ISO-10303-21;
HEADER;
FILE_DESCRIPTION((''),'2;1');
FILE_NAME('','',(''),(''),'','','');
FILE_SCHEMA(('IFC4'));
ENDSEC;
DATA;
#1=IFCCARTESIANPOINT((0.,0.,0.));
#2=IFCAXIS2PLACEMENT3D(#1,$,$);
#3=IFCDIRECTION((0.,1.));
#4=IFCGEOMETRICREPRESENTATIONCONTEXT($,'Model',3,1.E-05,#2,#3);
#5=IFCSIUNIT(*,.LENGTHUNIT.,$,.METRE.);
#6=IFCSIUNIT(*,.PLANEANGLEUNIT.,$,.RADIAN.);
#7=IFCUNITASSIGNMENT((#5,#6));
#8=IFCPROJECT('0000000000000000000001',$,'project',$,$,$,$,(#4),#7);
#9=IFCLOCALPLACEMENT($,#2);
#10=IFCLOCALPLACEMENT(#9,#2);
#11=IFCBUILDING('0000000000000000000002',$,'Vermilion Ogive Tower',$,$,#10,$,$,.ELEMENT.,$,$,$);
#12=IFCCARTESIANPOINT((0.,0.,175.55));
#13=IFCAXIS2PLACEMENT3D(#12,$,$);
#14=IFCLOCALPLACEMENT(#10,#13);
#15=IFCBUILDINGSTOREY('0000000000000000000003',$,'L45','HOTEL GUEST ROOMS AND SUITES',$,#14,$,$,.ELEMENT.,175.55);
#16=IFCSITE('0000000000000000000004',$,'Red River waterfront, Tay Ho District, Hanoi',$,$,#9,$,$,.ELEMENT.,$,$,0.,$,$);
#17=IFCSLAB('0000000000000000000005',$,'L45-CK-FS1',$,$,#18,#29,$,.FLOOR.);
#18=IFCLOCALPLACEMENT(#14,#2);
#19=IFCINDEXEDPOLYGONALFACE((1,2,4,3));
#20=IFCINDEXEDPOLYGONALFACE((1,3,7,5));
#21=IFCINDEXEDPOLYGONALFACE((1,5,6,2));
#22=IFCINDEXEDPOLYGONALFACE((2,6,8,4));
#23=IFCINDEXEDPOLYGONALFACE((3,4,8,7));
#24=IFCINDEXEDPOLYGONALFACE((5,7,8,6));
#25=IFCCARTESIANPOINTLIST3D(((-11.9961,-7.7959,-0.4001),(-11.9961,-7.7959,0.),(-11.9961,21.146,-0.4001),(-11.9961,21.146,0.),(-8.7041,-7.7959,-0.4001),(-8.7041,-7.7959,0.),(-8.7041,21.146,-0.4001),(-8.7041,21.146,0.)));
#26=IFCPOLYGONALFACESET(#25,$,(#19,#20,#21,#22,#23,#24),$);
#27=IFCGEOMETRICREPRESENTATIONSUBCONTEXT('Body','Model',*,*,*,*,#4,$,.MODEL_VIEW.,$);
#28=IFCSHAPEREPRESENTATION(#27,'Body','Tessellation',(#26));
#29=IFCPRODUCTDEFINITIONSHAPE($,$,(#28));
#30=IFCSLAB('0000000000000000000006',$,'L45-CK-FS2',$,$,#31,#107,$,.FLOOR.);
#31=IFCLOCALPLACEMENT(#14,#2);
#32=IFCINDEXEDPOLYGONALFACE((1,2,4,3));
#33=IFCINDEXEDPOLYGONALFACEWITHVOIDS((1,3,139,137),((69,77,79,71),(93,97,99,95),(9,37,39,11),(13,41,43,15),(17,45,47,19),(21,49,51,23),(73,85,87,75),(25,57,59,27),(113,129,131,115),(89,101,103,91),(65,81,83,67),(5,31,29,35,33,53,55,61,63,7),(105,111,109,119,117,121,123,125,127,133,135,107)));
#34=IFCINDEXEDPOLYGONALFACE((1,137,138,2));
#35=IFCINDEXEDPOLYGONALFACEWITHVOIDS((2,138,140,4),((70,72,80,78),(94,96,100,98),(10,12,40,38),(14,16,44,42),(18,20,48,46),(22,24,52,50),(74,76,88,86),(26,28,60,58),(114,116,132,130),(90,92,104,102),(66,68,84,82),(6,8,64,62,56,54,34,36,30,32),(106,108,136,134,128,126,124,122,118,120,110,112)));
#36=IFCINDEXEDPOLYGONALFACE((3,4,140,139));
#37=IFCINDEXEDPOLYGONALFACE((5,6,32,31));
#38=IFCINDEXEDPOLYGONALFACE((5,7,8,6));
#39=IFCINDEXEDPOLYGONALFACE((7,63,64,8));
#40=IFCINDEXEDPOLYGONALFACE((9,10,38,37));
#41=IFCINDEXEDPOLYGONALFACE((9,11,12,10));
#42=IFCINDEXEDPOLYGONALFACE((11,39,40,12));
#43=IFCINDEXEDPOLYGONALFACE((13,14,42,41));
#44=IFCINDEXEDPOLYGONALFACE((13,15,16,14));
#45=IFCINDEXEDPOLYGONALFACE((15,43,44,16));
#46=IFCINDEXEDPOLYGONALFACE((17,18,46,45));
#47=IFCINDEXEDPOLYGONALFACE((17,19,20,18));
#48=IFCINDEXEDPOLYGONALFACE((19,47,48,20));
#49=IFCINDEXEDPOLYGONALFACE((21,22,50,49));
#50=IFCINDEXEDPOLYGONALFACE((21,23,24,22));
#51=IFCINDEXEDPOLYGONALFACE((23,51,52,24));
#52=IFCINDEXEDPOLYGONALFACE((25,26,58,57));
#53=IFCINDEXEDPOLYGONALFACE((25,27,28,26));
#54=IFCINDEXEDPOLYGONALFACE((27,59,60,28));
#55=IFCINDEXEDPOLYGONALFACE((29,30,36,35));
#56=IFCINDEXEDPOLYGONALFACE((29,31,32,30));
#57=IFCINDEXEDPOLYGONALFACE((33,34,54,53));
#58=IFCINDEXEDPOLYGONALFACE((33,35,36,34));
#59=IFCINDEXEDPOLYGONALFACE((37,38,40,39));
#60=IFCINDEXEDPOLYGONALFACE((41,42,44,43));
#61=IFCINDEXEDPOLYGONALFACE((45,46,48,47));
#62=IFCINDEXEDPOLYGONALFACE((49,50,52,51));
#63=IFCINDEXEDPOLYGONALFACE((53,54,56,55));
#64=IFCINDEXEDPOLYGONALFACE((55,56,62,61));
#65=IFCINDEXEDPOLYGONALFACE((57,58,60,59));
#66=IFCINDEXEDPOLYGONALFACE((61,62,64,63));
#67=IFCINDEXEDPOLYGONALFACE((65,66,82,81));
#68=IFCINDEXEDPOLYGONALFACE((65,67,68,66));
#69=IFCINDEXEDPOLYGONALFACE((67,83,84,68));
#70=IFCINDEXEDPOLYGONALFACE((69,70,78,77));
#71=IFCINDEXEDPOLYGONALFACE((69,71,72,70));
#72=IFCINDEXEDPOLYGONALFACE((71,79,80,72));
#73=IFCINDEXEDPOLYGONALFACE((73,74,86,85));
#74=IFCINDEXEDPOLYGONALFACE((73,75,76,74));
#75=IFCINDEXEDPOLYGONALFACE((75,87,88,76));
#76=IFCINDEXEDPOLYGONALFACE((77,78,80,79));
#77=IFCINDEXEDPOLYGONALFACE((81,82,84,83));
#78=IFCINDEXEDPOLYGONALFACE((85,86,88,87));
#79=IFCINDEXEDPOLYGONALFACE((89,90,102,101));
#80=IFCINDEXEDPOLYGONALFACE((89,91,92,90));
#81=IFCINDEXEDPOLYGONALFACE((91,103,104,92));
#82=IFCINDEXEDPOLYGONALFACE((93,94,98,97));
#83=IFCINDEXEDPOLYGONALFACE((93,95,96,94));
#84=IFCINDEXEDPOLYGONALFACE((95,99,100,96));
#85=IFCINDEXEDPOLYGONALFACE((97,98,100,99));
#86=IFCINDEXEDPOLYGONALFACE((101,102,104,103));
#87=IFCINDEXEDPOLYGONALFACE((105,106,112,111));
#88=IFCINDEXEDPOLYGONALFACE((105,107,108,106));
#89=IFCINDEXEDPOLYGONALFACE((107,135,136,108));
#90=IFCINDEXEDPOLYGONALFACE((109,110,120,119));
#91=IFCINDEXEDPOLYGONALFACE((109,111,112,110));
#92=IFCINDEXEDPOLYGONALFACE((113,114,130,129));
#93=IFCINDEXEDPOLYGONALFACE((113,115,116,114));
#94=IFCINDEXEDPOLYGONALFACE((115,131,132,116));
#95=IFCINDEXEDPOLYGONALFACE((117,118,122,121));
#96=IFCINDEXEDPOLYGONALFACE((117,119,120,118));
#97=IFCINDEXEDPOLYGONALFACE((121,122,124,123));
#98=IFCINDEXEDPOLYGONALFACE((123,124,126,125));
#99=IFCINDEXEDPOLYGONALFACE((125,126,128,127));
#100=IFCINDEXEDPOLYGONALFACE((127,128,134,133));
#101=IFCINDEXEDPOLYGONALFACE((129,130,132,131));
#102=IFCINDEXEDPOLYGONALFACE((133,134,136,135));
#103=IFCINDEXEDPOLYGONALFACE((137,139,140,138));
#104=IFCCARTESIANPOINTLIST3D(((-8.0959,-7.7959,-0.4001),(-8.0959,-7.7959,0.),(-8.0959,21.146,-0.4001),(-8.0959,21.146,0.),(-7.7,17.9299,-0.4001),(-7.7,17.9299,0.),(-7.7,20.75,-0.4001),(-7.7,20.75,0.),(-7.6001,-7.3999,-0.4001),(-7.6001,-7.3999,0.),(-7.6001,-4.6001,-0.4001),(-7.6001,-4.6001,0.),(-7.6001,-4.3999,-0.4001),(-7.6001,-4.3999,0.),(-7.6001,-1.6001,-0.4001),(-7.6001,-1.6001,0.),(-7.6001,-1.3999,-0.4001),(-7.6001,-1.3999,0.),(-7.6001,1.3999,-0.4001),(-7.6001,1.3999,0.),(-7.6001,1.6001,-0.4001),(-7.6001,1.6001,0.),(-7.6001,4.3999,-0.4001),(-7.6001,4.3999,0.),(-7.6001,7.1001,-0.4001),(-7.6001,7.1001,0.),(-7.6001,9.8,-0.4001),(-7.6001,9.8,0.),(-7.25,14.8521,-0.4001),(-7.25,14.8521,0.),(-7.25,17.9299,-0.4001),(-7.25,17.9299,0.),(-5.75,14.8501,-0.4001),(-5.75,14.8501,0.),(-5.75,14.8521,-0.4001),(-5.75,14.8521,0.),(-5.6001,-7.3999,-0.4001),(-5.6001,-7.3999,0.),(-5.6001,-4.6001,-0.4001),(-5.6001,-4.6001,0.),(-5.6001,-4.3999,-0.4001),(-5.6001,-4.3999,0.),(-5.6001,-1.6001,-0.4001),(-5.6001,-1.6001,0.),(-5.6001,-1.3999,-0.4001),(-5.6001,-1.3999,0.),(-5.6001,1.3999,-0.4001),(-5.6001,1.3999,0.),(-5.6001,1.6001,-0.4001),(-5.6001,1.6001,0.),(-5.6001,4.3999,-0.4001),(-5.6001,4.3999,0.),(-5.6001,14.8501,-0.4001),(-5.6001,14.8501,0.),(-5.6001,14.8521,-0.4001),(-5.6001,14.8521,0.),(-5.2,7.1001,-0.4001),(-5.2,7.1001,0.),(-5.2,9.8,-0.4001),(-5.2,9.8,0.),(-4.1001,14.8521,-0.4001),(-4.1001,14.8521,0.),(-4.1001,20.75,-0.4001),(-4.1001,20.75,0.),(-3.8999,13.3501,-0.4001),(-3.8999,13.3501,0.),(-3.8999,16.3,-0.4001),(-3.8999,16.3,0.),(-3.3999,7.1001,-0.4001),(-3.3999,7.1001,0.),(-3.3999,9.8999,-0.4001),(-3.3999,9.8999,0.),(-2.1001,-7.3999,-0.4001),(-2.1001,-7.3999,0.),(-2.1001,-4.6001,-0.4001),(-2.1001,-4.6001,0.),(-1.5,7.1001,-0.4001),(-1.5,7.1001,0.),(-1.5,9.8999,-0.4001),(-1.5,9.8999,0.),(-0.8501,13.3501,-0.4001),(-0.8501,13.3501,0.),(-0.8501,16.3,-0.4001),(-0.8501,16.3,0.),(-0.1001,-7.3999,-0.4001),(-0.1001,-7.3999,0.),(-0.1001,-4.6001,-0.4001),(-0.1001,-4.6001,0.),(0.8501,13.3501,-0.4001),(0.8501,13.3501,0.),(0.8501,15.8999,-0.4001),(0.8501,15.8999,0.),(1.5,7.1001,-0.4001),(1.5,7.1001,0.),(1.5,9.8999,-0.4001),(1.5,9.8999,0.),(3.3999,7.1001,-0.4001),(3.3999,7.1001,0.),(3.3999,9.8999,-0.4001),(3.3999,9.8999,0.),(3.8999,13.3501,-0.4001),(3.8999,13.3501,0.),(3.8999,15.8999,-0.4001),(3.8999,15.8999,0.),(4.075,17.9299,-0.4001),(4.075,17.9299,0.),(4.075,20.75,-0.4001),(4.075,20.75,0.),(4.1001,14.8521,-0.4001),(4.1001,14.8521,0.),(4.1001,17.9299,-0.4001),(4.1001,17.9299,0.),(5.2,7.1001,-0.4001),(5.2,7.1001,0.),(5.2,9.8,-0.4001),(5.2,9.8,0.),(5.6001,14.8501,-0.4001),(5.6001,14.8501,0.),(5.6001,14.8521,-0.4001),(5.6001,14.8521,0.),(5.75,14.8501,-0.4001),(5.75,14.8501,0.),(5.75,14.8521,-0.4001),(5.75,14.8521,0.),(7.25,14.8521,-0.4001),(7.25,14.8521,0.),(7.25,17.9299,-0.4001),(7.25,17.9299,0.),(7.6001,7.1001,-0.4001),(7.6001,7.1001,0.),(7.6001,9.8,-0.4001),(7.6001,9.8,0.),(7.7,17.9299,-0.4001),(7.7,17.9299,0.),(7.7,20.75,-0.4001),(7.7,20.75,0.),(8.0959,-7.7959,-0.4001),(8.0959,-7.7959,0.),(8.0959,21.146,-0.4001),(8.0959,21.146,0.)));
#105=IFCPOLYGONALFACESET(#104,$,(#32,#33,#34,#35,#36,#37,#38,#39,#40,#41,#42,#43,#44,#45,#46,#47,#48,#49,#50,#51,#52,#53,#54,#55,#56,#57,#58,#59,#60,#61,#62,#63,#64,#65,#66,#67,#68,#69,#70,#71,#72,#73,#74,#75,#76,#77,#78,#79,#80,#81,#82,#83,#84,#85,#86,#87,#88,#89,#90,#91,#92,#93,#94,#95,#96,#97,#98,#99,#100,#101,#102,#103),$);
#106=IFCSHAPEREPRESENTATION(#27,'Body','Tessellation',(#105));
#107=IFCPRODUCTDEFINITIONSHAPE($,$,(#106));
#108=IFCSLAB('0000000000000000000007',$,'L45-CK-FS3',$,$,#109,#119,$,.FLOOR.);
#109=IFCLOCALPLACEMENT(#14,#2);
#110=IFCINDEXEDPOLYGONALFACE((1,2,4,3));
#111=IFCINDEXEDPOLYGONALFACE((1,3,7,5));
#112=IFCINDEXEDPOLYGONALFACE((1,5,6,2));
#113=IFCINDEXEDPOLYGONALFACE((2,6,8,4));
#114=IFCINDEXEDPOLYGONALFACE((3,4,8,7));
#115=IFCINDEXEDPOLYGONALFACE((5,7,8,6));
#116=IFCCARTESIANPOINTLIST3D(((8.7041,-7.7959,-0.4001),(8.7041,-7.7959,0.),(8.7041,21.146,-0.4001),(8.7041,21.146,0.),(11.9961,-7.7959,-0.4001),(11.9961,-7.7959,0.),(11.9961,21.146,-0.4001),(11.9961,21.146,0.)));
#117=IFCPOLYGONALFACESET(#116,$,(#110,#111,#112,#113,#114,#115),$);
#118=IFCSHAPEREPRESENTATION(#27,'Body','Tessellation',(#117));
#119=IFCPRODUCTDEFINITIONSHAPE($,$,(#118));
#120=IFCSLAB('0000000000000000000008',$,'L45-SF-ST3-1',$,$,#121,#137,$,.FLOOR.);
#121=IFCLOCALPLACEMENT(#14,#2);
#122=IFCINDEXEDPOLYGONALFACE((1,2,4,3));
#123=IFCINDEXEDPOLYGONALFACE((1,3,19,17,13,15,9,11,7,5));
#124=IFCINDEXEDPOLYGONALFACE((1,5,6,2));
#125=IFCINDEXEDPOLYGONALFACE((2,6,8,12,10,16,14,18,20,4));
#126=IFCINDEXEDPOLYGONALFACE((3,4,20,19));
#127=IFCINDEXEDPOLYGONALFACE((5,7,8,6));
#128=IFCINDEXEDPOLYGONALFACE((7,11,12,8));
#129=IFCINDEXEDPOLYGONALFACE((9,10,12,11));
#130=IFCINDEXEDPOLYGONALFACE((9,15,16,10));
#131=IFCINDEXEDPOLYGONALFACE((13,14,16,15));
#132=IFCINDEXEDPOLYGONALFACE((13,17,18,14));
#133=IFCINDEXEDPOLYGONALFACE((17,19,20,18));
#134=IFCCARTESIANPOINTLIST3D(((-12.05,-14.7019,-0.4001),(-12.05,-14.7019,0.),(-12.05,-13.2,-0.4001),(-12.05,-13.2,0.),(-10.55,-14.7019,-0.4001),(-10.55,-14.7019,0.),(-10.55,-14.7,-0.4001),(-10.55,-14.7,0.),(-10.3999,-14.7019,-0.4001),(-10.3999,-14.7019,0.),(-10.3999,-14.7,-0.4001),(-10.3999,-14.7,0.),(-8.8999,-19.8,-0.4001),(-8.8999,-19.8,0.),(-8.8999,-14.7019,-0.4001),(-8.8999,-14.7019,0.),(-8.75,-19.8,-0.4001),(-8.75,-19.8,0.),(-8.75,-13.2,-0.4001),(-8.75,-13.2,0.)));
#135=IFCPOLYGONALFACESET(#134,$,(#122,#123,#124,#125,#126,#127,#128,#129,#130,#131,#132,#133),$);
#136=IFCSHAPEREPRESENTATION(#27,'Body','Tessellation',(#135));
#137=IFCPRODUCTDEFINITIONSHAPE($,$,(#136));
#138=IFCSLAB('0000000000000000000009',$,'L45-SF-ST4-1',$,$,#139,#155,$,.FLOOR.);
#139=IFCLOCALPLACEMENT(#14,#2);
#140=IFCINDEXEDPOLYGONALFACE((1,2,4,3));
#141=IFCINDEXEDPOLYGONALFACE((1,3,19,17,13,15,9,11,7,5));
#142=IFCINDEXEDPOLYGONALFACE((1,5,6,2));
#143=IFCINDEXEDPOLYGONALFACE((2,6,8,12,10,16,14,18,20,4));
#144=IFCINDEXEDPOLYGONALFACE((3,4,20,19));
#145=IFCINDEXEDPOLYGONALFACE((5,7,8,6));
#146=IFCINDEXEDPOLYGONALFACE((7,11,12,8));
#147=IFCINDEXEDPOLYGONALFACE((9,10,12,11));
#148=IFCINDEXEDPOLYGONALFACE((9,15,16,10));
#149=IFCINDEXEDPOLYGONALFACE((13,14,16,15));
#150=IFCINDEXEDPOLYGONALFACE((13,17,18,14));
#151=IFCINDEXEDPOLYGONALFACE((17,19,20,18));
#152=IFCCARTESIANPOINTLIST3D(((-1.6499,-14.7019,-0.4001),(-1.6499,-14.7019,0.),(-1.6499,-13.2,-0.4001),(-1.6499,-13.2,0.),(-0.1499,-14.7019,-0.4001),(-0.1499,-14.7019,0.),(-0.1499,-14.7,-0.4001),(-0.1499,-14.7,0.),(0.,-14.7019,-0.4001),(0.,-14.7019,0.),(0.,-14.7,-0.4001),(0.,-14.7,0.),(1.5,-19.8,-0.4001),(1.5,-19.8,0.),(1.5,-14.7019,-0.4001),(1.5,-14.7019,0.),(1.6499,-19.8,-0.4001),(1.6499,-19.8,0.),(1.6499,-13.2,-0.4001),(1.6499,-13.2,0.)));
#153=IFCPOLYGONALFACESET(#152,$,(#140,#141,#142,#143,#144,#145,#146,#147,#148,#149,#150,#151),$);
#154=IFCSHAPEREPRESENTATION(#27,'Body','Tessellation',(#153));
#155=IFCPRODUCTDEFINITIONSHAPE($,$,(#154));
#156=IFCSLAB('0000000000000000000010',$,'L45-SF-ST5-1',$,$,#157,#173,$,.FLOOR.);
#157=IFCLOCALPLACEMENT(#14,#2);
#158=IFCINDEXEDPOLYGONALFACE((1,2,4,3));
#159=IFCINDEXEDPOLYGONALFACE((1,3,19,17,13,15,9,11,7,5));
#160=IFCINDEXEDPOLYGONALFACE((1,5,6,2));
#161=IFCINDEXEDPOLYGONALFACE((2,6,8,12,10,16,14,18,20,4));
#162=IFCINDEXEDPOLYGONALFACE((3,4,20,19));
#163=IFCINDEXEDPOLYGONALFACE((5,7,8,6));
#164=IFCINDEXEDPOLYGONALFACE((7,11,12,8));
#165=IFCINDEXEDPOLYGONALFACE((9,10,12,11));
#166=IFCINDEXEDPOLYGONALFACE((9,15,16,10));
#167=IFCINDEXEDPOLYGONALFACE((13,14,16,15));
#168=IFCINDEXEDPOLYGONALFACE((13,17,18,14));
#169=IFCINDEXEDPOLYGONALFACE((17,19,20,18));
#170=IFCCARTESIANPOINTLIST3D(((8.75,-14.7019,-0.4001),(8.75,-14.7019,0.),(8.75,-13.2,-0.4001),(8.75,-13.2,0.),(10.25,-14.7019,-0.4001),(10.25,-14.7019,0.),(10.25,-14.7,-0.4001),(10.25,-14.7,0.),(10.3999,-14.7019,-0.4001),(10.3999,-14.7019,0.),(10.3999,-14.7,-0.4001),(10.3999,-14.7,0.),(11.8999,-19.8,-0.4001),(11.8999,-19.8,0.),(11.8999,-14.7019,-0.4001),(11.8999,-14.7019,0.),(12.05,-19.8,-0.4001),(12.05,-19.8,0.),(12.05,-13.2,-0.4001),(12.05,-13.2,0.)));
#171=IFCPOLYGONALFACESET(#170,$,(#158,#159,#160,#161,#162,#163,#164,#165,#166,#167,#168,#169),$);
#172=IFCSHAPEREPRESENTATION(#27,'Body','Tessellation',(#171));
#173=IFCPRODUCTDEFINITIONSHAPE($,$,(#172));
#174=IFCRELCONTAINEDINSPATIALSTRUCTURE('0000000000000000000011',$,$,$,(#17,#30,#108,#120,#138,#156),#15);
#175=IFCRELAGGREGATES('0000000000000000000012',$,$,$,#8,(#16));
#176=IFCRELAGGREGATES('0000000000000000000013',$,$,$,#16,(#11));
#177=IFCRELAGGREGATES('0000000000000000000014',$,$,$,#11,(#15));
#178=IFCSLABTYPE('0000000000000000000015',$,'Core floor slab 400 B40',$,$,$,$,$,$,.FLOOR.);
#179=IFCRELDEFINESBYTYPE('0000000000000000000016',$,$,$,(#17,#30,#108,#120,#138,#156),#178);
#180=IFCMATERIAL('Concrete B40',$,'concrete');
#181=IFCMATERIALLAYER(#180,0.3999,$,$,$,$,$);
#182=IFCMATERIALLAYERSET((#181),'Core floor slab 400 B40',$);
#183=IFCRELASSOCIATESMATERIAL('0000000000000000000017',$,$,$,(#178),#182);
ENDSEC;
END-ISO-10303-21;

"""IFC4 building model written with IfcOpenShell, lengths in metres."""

from ifc_helpers import new_model, si_unit, direction, frame, origin, place, context, subcontext, project, spatial, polyline, outline, extrude, material, layer, layer_set, type_object, element, save


model = new_model("IFC4")

# Units and contexts
model_context = context("Model", 3, precision=1e-05, world=origin(), true_north=direction((0.0, 1.0)))
body_context = subcontext(model_context, "Body", "Model", "MODEL_VIEW")
ifc_project = project(units=[si_unit("LENGTHUNIT", "METRE"), si_unit("PLANEANGLEUNIT", "RADIAN")], contexts=[model_context])

# Site, building, storey
site_placement = place(None, origin())
site = spatial("IfcSite", under=ifc_project, at=site_placement, Name="Red River waterfront, Tay Ho District, Hanoi", CompositionType="ELEMENT", RefElevation=0.0)
building_placement = place(site_placement, origin())
building = spatial("IfcBuilding", under=site, at=building_placement, Name="Vermilion Ogive Tower", CompositionType="ELEMENT")
storey_placement = place(building_placement, frame((0.0, 0.0, 175.55)))
storey = spatial("IfcBuildingStorey", under=building, at=storey_placement, Name="L45", Description="HOTEL GUEST ROOMS AND SUITES", CompositionType="ELEMENT", Elevation=175.55)

# Slabs
ifc_material_1 = material(Name="Concrete B40", Category="concrete")
ifc_layer_1 = layer(ifc_material_1, 0.3999)
ifc_layer_set_1 = layer_set([ifc_layer_1], Name="Core floor slab 400 B40")
slab_type_1 = type_object("IfcSlabType", Name="Core floor slab 400 B40", PredefinedType="FLOOR", material=ifc_layer_set_1)
slab_1_placement = place(storey_placement, frame((0.0, 0.0, -0.4001)))
element("IfcSlab", 1, at=slab_1_placement, inside=storey, type_object=slab_type_1, Name="L45-CK-FS1", PredefinedType="FLOOR", context=body_context, shape_type="SweptSolid", body=[
    extrude(outline(polyline([(-11.9961, 21.146), (-8.7041, 21.146), (-8.7041, -7.7959), (-11.9961, -7.7959), (-11.9961, 21.146)])), origin(), (0.0, 0.0, 1.0), 0.4001),
])
slab_2_placement = place(storey_placement, frame((0.0, 0.0, -0.4001)))
element("IfcSlab", 2, at=slab_2_placement, inside=storey, type_object=slab_type_1, Name="L45-CK-FS2", PredefinedType="FLOOR", context=body_context, shape_type="SweptSolid", body=[
    extrude(outline(polyline([(-8.0959, -7.7959), (8.0959, -7.7959), (8.0959, 21.146), (-8.0959, 21.146), (-8.0959, -7.7959)]), holes=[polyline([(-7.6001, -7.3999), (-7.6001, -4.6001), (-5.6001, -4.6001), (-5.6001, -7.3999), (-7.6001, -7.3999)]), polyline([(-7.6001, -4.3999), (-7.6001, -1.6001), (-5.6001, -1.6001), (-5.6001, -4.3999), (-7.6001, -4.3999)]), polyline([(-7.6001, -1.3999), (-7.6001, 1.3999), (-5.6001, 1.3999), (-5.6001, -1.3999), (-7.6001, -1.3999)]), polyline([(-7.6001, 1.6001), (-7.6001, 4.3999), (-5.6001, 4.3999), (-5.6001, 1.6001), (-7.6001, 1.6001)]), polyline([(-7.6001, 7.1001), (-7.6001, 9.8), (-5.2, 9.8), (-5.2, 7.1001), (-7.6001, 7.1001)]), polyline([(-3.3999, 9.8999), (-1.5, 9.8999), (-1.5, 7.1001), (-3.3999, 7.1001), (-3.3999, 9.8999)]), polyline([(-7.7, 17.9299), (-7.7, 20.75), (-4.1001, 20.75), (-4.1001, 14.8521), (-5.6001, 14.8521), (-5.6001, 14.8501), (-5.75, 14.8501), (-5.75, 14.8521), (-7.25, 14.8521), (-7.25, 17.9299), (-7.7, 17.9299)]), polyline([(-2.1001, -7.3999), (-2.1001, -4.6001), (-0.1001, -4.6001), (-0.1001, -7.3999), (-2.1001, -7.3999)]), polyline([(5.2, 7.1001), (5.2, 9.8), (7.6001, 9.8), (7.6001, 7.1001), (5.2, 7.1001)]), polyline([(1.5, 7.1001), (1.5, 9.8999), (3.3999, 9.8999), (3.3999, 7.1001), (1.5, 7.1001)]), polyline([(0.8501, 13.3501), (0.8501, 15.8999), (3.8999, 15.8999), (3.8999, 13.3501), (0.8501, 13.3501)]), polyline([(-3.8999, 16.3), (-0.8501, 16.3), (-0.8501, 13.3501), (-3.8999, 13.3501), (-3.8999, 16.3)]), polyline([(5.75, 14.8501), (5.6001, 14.8501), (5.6001, 14.8521), (4.1001, 14.8521), (4.1001, 17.9299), (4.075, 17.9299), (4.075, 20.75), (7.7, 20.75), (7.7, 17.9299), (7.25, 17.9299), (7.25, 14.8521), (5.75, 14.8521), (5.75, 14.8501)])]), origin(), (0.0, 0.0, 1.0), 0.4001),
])
slab_3_placement = place(storey_placement, frame((0.0, 0.0, -0.4001)))
element("IfcSlab", 3, at=slab_3_placement, inside=storey, type_object=slab_type_1, Name="L45-CK-FS3", PredefinedType="FLOOR", context=body_context, shape_type="SweptSolid", body=[
    extrude(outline(polyline([(11.9961, 21.146), (11.9961, -7.7959), (8.7041, -7.7959), (8.7041, 21.146), (11.9961, 21.146)])), origin(), (0.0, 0.0, 1.0), 0.4001),
])
slab_4_placement = place(storey_placement, frame((0.0, 0.0, -0.4001)))
element("IfcSlab", 4, at=slab_4_placement, inside=storey, type_object=slab_type_1, Name="L45-SF-ST3-1", PredefinedType="FLOOR", context=body_context, shape_type="SweptSolid", body=[
    extrude(outline(polyline([(-12.05, -13.2), (-12.05, -14.7019), (-10.55, -14.7019), (-10.55, -14.7), (-10.3999, -14.7), (-10.3999, -14.7019), (-8.8999, -14.7019), (-8.8999, -19.8), (-8.75, -19.8), (-8.75, -13.2), (-12.05, -13.2)])), origin(), (0.0, 0.0, 1.0), 0.4001),
])
slab_5_placement = place(storey_placement, frame((0.0, 0.0, -0.4001)))
element("IfcSlab", 5, at=slab_5_placement, inside=storey, type_object=slab_type_1, Name="L45-SF-ST4-1", PredefinedType="FLOOR", context=body_context, shape_type="SweptSolid", body=[
    extrude(outline(polyline([(-1.6499, -13.2), (-1.6499, -14.7019), (-0.1499, -14.7019), (-0.1499, -14.7), (0.0, -14.7), (0.0, -14.7019), (1.5, -14.7019), (1.5, -19.8), (1.6499, -19.8), (1.6499, -13.2), (-1.6499, -13.2)])), origin(), (0.0, 0.0, 1.0), 0.4001),
])
slab_6_placement = place(storey_placement, frame((0.0, 0.0, -0.4001)))
element("IfcSlab", 6, at=slab_6_placement, inside=storey, type_object=slab_type_1, Name="L45-SF-ST5-1", PredefinedType="FLOOR", context=body_context, shape_type="SweptSolid", body=[
    extrude(outline(polyline([(8.75, -13.2), (8.75, -14.7019), (10.25, -14.7019), (10.25, -14.7), (10.3999, -14.7), (10.3999, -14.7019), (11.8999, -14.7019), (11.8999, -19.8), (12.05, -19.8), (12.05, -13.2), (8.75, -13.2)])), origin(), (0.0, 0.0, 1.0), 0.4001),
])

save(model, "model.ifc")
